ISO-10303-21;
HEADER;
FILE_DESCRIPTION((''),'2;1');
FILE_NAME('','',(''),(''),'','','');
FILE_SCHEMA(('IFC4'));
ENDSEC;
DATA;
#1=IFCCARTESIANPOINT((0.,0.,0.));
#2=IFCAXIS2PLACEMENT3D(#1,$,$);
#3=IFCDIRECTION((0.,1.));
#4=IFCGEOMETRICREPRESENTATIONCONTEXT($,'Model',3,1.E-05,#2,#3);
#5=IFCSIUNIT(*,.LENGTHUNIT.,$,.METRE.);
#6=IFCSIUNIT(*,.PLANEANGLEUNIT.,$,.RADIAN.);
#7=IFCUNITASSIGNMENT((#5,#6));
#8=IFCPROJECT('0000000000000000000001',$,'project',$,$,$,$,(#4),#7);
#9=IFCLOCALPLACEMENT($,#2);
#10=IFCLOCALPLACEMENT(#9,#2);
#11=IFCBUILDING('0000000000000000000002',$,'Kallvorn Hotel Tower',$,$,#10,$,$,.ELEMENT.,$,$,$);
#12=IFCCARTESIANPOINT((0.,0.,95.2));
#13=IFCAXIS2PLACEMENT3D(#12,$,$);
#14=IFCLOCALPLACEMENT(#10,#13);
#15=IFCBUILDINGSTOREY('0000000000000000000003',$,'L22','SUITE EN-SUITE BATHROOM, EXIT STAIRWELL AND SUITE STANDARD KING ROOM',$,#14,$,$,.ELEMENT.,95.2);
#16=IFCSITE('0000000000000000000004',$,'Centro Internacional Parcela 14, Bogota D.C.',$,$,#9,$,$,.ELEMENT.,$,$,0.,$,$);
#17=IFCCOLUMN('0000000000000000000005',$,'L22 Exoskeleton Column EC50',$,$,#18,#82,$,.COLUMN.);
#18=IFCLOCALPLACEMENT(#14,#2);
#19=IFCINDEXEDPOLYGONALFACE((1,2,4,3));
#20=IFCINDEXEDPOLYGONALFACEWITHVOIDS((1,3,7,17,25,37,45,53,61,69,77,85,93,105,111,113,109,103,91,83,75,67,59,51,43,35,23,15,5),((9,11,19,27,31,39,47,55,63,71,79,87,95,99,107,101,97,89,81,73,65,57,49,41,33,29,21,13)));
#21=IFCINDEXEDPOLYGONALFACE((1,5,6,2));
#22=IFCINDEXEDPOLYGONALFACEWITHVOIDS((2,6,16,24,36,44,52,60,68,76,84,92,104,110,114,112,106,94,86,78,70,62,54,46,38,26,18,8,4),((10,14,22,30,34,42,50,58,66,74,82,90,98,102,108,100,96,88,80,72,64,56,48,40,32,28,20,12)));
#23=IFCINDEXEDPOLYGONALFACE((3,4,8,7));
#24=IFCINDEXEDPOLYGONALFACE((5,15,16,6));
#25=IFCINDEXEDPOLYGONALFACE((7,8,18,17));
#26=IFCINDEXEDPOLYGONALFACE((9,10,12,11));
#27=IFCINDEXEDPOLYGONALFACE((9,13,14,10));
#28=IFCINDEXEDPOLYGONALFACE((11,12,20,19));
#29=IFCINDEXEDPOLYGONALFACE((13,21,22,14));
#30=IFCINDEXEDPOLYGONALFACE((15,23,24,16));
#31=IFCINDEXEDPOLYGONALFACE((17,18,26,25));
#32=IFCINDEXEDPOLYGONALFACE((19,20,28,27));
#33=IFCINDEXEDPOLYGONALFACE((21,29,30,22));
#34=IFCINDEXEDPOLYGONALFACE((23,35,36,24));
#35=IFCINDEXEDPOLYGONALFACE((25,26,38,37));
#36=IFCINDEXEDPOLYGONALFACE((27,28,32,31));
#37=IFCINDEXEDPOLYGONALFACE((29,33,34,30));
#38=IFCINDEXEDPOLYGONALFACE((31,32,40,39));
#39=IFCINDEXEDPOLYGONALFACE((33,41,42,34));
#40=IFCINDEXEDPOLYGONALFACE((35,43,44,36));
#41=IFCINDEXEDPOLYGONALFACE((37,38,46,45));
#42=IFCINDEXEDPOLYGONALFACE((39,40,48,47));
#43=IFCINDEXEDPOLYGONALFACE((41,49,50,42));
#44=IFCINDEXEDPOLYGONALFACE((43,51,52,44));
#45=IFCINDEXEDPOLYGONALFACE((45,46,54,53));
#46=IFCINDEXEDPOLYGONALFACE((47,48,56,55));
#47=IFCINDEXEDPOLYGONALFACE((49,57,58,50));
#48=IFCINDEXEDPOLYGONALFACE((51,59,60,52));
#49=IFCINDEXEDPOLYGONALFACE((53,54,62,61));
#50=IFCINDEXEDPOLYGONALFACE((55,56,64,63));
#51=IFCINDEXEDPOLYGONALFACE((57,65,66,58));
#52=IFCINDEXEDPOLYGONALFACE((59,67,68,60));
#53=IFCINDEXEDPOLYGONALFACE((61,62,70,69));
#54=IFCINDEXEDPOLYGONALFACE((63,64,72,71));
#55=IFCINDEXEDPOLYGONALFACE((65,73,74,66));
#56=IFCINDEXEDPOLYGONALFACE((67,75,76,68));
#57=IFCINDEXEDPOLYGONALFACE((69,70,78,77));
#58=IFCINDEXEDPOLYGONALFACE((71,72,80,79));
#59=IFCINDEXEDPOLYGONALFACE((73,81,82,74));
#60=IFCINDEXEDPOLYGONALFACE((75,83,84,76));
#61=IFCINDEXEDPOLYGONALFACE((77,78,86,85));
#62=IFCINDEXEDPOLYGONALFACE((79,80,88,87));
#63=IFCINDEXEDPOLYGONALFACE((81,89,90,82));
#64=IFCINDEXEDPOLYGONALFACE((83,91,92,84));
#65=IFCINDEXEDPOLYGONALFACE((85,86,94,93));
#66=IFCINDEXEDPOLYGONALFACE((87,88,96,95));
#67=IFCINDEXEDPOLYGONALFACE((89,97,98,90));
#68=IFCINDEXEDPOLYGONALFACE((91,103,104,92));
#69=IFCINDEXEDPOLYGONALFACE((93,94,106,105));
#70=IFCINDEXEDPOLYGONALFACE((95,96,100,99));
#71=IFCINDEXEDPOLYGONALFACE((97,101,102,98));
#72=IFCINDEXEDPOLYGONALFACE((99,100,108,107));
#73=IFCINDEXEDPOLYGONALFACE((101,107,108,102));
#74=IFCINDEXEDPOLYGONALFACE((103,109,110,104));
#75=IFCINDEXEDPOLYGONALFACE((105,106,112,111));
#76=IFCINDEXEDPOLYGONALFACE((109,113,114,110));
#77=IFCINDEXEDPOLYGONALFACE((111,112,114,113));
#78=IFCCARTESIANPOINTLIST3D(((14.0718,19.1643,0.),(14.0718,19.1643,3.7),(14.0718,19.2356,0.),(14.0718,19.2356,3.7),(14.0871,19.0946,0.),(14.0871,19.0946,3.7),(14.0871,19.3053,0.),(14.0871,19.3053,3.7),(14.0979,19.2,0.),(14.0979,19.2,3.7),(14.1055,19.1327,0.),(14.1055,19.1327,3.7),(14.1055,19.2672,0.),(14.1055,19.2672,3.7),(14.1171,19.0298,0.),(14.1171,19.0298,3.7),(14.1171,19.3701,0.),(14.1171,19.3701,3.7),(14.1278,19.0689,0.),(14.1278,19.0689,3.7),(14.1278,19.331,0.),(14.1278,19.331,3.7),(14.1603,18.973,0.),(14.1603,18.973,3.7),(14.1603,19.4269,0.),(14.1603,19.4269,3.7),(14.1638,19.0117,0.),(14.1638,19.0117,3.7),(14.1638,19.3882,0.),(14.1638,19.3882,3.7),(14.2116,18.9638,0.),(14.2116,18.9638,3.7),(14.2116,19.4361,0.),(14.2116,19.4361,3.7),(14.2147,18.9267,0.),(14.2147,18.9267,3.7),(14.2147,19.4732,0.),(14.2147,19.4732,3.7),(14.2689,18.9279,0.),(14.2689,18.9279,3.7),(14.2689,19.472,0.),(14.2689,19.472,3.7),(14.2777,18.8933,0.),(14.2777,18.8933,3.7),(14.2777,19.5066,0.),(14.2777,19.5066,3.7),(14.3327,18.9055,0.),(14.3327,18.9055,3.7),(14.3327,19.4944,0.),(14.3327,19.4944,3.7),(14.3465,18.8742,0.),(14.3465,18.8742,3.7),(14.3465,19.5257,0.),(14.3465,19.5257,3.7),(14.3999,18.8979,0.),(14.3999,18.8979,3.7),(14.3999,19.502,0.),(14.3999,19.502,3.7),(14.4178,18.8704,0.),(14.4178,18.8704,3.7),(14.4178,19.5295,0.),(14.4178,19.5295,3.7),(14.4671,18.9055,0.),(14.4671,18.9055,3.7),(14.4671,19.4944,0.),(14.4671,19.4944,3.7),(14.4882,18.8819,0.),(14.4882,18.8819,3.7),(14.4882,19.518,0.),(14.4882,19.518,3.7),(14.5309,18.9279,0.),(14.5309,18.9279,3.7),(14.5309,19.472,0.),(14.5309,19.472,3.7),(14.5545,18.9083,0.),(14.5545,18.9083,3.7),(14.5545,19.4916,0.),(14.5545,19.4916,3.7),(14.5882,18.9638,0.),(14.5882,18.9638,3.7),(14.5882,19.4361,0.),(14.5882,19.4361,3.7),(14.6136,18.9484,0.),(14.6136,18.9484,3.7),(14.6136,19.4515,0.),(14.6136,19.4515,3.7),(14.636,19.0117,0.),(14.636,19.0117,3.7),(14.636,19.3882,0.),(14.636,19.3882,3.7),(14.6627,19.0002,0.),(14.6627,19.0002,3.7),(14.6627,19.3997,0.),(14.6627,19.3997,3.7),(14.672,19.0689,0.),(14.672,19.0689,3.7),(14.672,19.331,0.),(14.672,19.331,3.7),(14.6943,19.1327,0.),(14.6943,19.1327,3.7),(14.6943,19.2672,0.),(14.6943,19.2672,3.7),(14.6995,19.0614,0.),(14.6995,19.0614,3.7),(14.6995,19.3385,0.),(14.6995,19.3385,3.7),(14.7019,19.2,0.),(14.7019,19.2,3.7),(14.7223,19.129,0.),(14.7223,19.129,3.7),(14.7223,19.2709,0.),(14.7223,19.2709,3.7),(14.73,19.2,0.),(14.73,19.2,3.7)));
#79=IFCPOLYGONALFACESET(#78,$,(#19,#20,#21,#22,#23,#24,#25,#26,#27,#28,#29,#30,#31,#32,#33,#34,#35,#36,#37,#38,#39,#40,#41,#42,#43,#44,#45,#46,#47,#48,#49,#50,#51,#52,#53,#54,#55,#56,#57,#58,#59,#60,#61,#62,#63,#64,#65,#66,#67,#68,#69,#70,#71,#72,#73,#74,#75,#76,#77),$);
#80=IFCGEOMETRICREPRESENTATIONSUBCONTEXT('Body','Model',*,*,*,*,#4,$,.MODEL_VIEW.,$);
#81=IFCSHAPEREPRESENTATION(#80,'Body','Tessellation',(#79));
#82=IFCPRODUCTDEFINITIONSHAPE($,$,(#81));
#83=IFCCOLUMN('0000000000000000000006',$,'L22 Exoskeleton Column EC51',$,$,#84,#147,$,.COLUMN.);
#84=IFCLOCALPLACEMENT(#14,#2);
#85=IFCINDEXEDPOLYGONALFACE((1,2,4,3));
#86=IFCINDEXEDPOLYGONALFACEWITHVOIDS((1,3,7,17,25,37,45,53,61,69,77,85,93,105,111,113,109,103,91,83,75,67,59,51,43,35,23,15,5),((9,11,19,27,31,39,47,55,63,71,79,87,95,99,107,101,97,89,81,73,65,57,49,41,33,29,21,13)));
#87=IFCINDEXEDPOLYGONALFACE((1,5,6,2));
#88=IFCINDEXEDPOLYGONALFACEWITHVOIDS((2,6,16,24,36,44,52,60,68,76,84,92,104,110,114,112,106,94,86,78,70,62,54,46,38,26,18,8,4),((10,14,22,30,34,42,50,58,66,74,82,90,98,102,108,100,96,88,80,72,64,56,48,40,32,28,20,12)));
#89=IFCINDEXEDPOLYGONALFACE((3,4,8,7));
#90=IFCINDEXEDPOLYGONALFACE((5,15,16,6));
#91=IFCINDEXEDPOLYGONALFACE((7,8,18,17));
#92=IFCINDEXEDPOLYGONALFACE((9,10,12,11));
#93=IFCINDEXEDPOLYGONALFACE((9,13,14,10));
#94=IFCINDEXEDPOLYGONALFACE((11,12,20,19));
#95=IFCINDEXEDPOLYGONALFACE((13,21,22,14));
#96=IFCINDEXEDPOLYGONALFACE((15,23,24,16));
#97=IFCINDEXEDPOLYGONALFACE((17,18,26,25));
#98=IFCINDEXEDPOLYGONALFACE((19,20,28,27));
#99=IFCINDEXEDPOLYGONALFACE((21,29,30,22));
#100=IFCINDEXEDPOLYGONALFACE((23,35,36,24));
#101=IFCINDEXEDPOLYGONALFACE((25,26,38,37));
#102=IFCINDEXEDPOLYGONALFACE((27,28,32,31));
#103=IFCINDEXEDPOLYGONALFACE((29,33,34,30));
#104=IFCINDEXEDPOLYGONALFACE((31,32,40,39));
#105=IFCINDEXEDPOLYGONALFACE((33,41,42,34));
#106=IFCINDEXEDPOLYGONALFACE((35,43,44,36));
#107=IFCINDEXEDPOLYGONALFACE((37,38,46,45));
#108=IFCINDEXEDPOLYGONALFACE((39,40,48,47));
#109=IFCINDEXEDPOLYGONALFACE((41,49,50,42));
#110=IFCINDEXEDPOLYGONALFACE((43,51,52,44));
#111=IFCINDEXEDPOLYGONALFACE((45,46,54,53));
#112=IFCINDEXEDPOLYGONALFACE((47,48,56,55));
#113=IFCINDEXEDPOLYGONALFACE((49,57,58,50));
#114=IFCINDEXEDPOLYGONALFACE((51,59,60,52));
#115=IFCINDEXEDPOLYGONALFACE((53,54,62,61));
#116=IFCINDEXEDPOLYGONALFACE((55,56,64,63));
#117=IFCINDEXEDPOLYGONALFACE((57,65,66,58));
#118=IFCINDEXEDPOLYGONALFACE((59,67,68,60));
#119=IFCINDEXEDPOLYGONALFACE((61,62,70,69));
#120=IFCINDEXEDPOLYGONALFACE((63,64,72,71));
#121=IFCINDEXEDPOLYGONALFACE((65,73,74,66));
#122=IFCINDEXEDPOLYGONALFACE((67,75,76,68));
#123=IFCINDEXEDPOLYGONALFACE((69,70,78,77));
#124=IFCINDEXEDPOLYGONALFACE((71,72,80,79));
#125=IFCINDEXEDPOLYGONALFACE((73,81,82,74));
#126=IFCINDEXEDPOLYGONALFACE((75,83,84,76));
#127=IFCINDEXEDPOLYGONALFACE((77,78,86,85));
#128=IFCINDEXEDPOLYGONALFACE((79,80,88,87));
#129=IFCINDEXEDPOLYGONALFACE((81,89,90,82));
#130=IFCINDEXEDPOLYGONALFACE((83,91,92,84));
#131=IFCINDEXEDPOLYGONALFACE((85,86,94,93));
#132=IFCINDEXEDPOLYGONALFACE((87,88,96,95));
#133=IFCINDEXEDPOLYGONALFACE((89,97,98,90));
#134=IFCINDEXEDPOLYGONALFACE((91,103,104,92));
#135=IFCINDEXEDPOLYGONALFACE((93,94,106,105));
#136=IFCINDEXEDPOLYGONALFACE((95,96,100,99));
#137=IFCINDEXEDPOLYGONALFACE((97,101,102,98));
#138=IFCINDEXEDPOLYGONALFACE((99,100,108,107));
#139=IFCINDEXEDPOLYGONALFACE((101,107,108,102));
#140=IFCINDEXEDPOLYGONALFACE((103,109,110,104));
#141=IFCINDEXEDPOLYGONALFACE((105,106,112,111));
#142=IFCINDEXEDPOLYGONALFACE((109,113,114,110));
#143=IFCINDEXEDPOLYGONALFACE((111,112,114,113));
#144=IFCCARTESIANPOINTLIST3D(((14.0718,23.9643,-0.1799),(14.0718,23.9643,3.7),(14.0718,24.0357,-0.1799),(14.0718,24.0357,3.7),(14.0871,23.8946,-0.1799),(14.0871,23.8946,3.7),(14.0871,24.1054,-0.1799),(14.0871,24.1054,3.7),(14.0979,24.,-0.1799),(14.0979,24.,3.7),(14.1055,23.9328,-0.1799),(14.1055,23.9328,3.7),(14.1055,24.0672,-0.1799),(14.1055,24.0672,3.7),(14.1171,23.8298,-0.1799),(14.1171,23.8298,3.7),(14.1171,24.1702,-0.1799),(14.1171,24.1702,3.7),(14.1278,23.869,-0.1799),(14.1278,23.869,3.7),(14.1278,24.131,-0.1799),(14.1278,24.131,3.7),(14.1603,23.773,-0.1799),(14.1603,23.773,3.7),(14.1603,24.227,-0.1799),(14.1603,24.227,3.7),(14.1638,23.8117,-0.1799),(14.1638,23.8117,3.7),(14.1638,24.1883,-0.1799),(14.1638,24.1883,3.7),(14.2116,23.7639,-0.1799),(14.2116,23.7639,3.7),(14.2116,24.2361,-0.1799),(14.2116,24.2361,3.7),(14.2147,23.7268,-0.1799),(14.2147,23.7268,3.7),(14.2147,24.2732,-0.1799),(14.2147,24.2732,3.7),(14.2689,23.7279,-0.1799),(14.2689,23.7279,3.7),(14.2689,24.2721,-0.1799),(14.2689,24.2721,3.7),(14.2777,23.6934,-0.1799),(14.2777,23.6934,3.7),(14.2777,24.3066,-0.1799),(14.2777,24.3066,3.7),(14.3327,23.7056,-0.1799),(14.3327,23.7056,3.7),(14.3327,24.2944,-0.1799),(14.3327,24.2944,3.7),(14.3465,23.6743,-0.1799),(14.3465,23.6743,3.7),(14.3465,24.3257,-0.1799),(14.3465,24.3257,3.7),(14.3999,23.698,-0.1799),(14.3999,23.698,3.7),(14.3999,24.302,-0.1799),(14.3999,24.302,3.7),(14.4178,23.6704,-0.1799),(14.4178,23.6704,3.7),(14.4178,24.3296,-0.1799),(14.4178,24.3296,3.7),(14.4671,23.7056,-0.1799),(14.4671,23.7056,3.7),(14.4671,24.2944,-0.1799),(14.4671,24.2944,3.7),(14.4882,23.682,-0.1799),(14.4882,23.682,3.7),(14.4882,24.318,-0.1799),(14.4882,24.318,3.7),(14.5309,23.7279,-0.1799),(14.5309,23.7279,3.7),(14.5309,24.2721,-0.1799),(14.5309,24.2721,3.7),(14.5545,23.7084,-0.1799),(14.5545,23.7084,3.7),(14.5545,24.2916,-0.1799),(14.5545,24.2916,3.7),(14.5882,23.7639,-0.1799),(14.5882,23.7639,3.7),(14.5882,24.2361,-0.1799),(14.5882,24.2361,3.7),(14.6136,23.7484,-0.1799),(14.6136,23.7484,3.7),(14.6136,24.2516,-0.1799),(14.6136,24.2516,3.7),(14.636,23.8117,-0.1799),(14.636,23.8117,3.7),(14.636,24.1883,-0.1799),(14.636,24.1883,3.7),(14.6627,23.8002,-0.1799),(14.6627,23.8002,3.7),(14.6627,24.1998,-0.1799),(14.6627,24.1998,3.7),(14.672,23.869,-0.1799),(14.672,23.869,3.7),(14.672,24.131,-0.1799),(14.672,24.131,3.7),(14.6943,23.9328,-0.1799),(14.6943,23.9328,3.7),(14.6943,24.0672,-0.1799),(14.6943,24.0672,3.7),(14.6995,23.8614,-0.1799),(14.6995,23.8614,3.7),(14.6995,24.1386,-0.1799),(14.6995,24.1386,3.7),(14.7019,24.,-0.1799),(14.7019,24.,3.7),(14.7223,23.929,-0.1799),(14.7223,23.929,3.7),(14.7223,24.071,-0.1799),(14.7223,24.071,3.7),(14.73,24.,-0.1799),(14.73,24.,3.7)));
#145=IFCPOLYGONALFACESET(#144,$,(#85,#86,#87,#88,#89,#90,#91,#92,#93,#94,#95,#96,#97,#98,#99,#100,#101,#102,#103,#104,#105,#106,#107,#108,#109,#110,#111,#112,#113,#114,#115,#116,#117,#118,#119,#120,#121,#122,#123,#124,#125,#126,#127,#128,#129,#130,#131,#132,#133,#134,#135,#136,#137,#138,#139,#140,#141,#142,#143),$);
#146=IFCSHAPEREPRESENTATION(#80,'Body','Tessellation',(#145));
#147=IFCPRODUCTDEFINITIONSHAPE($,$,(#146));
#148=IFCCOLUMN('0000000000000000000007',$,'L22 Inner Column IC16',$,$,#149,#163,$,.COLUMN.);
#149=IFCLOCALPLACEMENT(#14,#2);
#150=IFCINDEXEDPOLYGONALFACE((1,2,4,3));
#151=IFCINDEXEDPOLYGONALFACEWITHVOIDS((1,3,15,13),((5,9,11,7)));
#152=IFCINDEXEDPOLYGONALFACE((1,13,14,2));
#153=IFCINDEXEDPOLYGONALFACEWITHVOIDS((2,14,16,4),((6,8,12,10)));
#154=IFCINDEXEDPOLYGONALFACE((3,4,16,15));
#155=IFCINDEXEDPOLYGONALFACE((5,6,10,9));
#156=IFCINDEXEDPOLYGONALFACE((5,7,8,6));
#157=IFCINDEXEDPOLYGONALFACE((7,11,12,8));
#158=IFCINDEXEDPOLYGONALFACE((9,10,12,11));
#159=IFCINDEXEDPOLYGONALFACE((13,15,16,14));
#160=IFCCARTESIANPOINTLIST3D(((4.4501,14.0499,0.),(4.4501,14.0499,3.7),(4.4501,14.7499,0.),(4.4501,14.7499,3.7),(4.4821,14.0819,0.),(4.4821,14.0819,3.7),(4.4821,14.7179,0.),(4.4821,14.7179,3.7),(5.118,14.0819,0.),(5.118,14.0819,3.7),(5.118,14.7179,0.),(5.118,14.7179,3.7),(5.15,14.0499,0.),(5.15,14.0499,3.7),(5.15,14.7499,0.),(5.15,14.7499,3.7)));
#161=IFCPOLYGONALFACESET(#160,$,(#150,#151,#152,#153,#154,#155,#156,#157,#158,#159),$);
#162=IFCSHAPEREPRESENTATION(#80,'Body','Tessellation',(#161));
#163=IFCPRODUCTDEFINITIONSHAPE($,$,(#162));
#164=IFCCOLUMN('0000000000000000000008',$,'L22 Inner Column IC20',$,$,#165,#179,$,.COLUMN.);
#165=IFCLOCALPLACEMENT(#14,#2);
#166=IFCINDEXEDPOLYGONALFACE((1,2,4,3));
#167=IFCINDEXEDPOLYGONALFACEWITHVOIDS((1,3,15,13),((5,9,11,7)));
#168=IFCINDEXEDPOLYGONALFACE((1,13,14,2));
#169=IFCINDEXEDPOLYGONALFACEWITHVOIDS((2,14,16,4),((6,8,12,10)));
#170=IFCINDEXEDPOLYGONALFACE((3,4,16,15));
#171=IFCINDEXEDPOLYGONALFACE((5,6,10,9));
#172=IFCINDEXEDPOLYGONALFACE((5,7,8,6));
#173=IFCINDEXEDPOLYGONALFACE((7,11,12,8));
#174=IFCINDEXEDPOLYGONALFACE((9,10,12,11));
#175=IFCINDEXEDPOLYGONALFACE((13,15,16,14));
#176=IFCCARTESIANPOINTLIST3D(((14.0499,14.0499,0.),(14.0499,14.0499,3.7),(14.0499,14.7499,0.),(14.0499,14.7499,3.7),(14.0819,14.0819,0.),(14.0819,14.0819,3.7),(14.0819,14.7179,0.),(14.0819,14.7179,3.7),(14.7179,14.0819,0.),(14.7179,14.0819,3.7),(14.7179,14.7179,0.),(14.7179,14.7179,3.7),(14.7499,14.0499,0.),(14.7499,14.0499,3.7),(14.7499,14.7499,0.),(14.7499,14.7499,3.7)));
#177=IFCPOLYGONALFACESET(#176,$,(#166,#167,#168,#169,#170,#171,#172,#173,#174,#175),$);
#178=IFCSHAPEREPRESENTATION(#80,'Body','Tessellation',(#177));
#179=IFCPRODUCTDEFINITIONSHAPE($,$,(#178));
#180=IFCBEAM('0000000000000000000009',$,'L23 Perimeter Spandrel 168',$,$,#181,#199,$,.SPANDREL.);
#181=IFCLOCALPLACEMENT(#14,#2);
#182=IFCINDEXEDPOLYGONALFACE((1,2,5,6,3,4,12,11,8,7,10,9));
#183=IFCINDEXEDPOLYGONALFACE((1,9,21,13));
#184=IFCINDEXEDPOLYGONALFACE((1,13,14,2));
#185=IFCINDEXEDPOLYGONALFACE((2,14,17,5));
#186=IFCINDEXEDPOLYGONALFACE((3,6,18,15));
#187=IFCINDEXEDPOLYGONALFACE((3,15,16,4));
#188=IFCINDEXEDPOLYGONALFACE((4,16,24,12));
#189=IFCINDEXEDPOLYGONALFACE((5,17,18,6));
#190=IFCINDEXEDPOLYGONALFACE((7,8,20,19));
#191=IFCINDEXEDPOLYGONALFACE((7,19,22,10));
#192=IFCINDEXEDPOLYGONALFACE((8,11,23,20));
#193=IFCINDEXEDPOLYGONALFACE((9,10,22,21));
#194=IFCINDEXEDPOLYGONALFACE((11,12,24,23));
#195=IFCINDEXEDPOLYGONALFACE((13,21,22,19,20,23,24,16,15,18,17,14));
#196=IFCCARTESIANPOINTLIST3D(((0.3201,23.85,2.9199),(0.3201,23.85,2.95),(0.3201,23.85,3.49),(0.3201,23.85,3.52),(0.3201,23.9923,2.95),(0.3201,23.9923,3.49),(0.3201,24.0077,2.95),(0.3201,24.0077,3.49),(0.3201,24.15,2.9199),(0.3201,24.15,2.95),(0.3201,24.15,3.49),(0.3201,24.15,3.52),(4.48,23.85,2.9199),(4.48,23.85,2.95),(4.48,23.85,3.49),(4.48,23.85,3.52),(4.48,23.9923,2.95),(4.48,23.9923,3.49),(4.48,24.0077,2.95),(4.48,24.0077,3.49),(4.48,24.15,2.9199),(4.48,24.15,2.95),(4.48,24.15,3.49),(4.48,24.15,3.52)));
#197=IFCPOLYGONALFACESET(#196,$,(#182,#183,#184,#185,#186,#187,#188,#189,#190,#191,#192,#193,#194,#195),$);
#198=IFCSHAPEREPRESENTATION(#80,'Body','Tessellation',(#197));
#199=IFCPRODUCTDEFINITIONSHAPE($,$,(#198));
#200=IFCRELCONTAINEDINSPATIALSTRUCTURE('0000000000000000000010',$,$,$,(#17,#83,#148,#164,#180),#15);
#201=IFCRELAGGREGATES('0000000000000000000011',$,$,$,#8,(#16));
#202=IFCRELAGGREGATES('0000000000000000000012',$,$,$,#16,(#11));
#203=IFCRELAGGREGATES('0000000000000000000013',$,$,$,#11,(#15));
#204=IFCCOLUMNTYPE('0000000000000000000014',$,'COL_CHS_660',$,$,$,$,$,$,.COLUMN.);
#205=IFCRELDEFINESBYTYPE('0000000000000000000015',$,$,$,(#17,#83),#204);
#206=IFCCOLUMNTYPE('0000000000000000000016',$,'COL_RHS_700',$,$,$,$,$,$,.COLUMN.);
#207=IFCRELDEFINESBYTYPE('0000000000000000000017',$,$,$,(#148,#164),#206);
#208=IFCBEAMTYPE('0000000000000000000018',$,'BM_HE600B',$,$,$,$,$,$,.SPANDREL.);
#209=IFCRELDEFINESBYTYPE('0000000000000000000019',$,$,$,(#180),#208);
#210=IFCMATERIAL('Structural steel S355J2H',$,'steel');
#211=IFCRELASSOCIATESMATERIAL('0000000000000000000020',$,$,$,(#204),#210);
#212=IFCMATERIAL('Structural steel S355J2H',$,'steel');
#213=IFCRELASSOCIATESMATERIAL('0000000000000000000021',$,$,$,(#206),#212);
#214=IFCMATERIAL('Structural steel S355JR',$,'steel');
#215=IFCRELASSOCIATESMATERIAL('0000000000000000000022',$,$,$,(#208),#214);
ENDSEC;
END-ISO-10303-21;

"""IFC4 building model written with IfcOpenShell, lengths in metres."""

from ifc_helpers import new_model, si_unit, direction, frame, origin, origin_2d, place, context, subcontext, project, spatial, hollow_rectangle, hollow_circle, i_section, extrude, material, material_profile, profile_set, type_object, element, save


model = new_model("IFC4")

# Units and contexts
model_context = context("Model", 3, precision=1e-05, world=origin(), true_north=direction((0.0, 1.0)))
body_context = subcontext(model_context, "Body", "Model", "MODEL_VIEW")
ifc_project = project(units=[si_unit("LENGTHUNIT", "METRE"), si_unit("PLANEANGLEUNIT", "RADIAN")], contexts=[model_context])

# Site, building, storey
site_placement = place(None, origin())
site = spatial("IfcSite", under=ifc_project, at=site_placement, Name="Centro Internacional Parcela 14, Bogota D.C.", CompositionType="ELEMENT", RefElevation=0.0)
building_placement = place(site_placement, origin())
building = spatial("IfcBuilding", under=site, at=building_placement, Name="Kallvorn Hotel Tower", CompositionType="ELEMENT")
storey_placement = place(building_placement, frame((0.0, 0.0, 95.2)))
storey = spatial("IfcBuildingStorey", under=building, at=storey_placement, Name="L22", Description="SUITE EN-SUITE BATHROOM, EXIT STAIRWELL AND SUITE STANDARD KING ROOM", CompositionType="ELEMENT", Elevation=95.2)

# Columns
ifc_material_1 = material(Name="Structural steel S355J2H", Category="steel")
ifc_material_profile_1 = material_profile(ifc_material_1, hollow_circle(Radius=0.3301, WallThickness=0.0281, at=origin_2d()), Name="CHS 660x28")
ifc_profile_set_1 = profile_set([ifc_material_profile_1], Name="Structural steel S355J2H")
column_type_1 = type_object("IfcColumnType", Name="COL_CHS_660", PredefinedType="COLUMN", material=ifc_profile_set_1)
column_1_placement = place(storey_placement, frame((14.3999, 19.2, 0.0), z_axis=(0.0, 0.0, 1.0), x_axis=(1.0, 0.0, 0.0)))
element("IfcColumn", 1, at=column_1_placement, inside=storey, type_object=column_type_1, Name="L22 Exoskeleton Column EC50", PredefinedType="COLUMN", context=body_context, shape_type="SweptSolid", body=[
    extrude(hollow_circle(Radius=0.3301, WallThickness=0.0281, at=origin_2d()), origin(), (0.0, 0.0, 1.0), 3.7),
])
column_2_placement = place(storey_placement, frame((14.3999, 24.0, -0.1799), z_axis=(0.0, 0.0, 1.0), x_axis=(1.0, 0.0, 0.0)))
element("IfcColumn", 2, at=column_2_placement, inside=storey, type_object=column_type_1, Name="L22 Exoskeleton Column EC51", PredefinedType="COLUMN", context=body_context, shape_type="SweptSolid", body=[
    extrude(hollow_circle(Radius=0.3301, WallThickness=0.0281, at=origin_2d()), origin(), (0.0, 0.0, 1.0), 3.8799),
])
ifc_material_2 = material(Name="Structural steel S355J2H", Category="steel")
ifc_material_profile_2 = material_profile(ifc_material_2, hollow_rectangle(XDim=0.7, YDim=0.7, WallThickness=0.032, at=origin_2d()), Name="RHS 700x700x32")
ifc_profile_set_2 = profile_set([ifc_material_profile_2], Name="Structural steel S355J2H")
column_type_2 = type_object("IfcColumnType", Name="COL_RHS_700", PredefinedType="COLUMN", material=ifc_profile_set_2)
for number, where, z_axis, x_axis, name in (
    (3, (4.8, 14.3999, 0.0), (0.0, 0.0, 1.0), (1.0, 0.0, 0.0), "L22 Inner Column IC16"),
    (4, (14.3999, 14.3999, 0.0), (0.0, 0.0, 1.0), (1.0, 0.0, 0.0), "L22 Inner Column IC20"),
):
    element("IfcColumn", number, at=place(storey_placement, frame(where, z_axis=z_axis, x_axis=x_axis)), inside=storey, type_object=column_type_2, Name=name, PredefinedType="COLUMN", context=body_context, shape_type="SweptSolid", body=[
        extrude(hollow_rectangle(XDim=0.7, YDim=0.7, WallThickness=0.032, at=origin_2d()), origin(), (0.0, 0.0, 1.0), 3.7),
    ])

# Beam
ifc_material_3 = material(Name="Structural steel S355JR", Category="steel")
ifc_material_profile_3 = material_profile(ifc_material_3, i_section(OverallWidth=0.3, OverallDepth=0.6001, WebThickness=0.0154, FlangeThickness=0.03, at=origin_2d()), Name="HE 600 B")
ifc_profile_set_3 = profile_set([ifc_material_profile_3], Name="Structural steel S355JR")
beam_type_1 = type_object("IfcBeamType", Name="BM_HE600B", PredefinedType="SPANDREL", material=ifc_profile_set_3)
for number, where, z_axis, x_axis, name in (
    (5, (0.3201, 24.0, 3.22), (1.0, 0.0, 0.0), (0.0, 1.0, 0.0), "L23 Perimeter Spandrel 168"),
):
    element("IfcBeam", number, at=place(storey_placement, frame(where, z_axis=z_axis, x_axis=x_axis)), inside=storey, type_object=beam_type_1, Name=name, PredefinedType="SPANDREL", context=body_context, shape_type="SweptSolid", body=[
        extrude(i_section(OverallWidth=0.3, OverallDepth=0.6001, WebThickness=0.0154, FlangeThickness=0.03, at=origin_2d()), origin(), (0.0, 0.0, 1.0), 4.1599),
    ])

save(model, "model.ifc")
